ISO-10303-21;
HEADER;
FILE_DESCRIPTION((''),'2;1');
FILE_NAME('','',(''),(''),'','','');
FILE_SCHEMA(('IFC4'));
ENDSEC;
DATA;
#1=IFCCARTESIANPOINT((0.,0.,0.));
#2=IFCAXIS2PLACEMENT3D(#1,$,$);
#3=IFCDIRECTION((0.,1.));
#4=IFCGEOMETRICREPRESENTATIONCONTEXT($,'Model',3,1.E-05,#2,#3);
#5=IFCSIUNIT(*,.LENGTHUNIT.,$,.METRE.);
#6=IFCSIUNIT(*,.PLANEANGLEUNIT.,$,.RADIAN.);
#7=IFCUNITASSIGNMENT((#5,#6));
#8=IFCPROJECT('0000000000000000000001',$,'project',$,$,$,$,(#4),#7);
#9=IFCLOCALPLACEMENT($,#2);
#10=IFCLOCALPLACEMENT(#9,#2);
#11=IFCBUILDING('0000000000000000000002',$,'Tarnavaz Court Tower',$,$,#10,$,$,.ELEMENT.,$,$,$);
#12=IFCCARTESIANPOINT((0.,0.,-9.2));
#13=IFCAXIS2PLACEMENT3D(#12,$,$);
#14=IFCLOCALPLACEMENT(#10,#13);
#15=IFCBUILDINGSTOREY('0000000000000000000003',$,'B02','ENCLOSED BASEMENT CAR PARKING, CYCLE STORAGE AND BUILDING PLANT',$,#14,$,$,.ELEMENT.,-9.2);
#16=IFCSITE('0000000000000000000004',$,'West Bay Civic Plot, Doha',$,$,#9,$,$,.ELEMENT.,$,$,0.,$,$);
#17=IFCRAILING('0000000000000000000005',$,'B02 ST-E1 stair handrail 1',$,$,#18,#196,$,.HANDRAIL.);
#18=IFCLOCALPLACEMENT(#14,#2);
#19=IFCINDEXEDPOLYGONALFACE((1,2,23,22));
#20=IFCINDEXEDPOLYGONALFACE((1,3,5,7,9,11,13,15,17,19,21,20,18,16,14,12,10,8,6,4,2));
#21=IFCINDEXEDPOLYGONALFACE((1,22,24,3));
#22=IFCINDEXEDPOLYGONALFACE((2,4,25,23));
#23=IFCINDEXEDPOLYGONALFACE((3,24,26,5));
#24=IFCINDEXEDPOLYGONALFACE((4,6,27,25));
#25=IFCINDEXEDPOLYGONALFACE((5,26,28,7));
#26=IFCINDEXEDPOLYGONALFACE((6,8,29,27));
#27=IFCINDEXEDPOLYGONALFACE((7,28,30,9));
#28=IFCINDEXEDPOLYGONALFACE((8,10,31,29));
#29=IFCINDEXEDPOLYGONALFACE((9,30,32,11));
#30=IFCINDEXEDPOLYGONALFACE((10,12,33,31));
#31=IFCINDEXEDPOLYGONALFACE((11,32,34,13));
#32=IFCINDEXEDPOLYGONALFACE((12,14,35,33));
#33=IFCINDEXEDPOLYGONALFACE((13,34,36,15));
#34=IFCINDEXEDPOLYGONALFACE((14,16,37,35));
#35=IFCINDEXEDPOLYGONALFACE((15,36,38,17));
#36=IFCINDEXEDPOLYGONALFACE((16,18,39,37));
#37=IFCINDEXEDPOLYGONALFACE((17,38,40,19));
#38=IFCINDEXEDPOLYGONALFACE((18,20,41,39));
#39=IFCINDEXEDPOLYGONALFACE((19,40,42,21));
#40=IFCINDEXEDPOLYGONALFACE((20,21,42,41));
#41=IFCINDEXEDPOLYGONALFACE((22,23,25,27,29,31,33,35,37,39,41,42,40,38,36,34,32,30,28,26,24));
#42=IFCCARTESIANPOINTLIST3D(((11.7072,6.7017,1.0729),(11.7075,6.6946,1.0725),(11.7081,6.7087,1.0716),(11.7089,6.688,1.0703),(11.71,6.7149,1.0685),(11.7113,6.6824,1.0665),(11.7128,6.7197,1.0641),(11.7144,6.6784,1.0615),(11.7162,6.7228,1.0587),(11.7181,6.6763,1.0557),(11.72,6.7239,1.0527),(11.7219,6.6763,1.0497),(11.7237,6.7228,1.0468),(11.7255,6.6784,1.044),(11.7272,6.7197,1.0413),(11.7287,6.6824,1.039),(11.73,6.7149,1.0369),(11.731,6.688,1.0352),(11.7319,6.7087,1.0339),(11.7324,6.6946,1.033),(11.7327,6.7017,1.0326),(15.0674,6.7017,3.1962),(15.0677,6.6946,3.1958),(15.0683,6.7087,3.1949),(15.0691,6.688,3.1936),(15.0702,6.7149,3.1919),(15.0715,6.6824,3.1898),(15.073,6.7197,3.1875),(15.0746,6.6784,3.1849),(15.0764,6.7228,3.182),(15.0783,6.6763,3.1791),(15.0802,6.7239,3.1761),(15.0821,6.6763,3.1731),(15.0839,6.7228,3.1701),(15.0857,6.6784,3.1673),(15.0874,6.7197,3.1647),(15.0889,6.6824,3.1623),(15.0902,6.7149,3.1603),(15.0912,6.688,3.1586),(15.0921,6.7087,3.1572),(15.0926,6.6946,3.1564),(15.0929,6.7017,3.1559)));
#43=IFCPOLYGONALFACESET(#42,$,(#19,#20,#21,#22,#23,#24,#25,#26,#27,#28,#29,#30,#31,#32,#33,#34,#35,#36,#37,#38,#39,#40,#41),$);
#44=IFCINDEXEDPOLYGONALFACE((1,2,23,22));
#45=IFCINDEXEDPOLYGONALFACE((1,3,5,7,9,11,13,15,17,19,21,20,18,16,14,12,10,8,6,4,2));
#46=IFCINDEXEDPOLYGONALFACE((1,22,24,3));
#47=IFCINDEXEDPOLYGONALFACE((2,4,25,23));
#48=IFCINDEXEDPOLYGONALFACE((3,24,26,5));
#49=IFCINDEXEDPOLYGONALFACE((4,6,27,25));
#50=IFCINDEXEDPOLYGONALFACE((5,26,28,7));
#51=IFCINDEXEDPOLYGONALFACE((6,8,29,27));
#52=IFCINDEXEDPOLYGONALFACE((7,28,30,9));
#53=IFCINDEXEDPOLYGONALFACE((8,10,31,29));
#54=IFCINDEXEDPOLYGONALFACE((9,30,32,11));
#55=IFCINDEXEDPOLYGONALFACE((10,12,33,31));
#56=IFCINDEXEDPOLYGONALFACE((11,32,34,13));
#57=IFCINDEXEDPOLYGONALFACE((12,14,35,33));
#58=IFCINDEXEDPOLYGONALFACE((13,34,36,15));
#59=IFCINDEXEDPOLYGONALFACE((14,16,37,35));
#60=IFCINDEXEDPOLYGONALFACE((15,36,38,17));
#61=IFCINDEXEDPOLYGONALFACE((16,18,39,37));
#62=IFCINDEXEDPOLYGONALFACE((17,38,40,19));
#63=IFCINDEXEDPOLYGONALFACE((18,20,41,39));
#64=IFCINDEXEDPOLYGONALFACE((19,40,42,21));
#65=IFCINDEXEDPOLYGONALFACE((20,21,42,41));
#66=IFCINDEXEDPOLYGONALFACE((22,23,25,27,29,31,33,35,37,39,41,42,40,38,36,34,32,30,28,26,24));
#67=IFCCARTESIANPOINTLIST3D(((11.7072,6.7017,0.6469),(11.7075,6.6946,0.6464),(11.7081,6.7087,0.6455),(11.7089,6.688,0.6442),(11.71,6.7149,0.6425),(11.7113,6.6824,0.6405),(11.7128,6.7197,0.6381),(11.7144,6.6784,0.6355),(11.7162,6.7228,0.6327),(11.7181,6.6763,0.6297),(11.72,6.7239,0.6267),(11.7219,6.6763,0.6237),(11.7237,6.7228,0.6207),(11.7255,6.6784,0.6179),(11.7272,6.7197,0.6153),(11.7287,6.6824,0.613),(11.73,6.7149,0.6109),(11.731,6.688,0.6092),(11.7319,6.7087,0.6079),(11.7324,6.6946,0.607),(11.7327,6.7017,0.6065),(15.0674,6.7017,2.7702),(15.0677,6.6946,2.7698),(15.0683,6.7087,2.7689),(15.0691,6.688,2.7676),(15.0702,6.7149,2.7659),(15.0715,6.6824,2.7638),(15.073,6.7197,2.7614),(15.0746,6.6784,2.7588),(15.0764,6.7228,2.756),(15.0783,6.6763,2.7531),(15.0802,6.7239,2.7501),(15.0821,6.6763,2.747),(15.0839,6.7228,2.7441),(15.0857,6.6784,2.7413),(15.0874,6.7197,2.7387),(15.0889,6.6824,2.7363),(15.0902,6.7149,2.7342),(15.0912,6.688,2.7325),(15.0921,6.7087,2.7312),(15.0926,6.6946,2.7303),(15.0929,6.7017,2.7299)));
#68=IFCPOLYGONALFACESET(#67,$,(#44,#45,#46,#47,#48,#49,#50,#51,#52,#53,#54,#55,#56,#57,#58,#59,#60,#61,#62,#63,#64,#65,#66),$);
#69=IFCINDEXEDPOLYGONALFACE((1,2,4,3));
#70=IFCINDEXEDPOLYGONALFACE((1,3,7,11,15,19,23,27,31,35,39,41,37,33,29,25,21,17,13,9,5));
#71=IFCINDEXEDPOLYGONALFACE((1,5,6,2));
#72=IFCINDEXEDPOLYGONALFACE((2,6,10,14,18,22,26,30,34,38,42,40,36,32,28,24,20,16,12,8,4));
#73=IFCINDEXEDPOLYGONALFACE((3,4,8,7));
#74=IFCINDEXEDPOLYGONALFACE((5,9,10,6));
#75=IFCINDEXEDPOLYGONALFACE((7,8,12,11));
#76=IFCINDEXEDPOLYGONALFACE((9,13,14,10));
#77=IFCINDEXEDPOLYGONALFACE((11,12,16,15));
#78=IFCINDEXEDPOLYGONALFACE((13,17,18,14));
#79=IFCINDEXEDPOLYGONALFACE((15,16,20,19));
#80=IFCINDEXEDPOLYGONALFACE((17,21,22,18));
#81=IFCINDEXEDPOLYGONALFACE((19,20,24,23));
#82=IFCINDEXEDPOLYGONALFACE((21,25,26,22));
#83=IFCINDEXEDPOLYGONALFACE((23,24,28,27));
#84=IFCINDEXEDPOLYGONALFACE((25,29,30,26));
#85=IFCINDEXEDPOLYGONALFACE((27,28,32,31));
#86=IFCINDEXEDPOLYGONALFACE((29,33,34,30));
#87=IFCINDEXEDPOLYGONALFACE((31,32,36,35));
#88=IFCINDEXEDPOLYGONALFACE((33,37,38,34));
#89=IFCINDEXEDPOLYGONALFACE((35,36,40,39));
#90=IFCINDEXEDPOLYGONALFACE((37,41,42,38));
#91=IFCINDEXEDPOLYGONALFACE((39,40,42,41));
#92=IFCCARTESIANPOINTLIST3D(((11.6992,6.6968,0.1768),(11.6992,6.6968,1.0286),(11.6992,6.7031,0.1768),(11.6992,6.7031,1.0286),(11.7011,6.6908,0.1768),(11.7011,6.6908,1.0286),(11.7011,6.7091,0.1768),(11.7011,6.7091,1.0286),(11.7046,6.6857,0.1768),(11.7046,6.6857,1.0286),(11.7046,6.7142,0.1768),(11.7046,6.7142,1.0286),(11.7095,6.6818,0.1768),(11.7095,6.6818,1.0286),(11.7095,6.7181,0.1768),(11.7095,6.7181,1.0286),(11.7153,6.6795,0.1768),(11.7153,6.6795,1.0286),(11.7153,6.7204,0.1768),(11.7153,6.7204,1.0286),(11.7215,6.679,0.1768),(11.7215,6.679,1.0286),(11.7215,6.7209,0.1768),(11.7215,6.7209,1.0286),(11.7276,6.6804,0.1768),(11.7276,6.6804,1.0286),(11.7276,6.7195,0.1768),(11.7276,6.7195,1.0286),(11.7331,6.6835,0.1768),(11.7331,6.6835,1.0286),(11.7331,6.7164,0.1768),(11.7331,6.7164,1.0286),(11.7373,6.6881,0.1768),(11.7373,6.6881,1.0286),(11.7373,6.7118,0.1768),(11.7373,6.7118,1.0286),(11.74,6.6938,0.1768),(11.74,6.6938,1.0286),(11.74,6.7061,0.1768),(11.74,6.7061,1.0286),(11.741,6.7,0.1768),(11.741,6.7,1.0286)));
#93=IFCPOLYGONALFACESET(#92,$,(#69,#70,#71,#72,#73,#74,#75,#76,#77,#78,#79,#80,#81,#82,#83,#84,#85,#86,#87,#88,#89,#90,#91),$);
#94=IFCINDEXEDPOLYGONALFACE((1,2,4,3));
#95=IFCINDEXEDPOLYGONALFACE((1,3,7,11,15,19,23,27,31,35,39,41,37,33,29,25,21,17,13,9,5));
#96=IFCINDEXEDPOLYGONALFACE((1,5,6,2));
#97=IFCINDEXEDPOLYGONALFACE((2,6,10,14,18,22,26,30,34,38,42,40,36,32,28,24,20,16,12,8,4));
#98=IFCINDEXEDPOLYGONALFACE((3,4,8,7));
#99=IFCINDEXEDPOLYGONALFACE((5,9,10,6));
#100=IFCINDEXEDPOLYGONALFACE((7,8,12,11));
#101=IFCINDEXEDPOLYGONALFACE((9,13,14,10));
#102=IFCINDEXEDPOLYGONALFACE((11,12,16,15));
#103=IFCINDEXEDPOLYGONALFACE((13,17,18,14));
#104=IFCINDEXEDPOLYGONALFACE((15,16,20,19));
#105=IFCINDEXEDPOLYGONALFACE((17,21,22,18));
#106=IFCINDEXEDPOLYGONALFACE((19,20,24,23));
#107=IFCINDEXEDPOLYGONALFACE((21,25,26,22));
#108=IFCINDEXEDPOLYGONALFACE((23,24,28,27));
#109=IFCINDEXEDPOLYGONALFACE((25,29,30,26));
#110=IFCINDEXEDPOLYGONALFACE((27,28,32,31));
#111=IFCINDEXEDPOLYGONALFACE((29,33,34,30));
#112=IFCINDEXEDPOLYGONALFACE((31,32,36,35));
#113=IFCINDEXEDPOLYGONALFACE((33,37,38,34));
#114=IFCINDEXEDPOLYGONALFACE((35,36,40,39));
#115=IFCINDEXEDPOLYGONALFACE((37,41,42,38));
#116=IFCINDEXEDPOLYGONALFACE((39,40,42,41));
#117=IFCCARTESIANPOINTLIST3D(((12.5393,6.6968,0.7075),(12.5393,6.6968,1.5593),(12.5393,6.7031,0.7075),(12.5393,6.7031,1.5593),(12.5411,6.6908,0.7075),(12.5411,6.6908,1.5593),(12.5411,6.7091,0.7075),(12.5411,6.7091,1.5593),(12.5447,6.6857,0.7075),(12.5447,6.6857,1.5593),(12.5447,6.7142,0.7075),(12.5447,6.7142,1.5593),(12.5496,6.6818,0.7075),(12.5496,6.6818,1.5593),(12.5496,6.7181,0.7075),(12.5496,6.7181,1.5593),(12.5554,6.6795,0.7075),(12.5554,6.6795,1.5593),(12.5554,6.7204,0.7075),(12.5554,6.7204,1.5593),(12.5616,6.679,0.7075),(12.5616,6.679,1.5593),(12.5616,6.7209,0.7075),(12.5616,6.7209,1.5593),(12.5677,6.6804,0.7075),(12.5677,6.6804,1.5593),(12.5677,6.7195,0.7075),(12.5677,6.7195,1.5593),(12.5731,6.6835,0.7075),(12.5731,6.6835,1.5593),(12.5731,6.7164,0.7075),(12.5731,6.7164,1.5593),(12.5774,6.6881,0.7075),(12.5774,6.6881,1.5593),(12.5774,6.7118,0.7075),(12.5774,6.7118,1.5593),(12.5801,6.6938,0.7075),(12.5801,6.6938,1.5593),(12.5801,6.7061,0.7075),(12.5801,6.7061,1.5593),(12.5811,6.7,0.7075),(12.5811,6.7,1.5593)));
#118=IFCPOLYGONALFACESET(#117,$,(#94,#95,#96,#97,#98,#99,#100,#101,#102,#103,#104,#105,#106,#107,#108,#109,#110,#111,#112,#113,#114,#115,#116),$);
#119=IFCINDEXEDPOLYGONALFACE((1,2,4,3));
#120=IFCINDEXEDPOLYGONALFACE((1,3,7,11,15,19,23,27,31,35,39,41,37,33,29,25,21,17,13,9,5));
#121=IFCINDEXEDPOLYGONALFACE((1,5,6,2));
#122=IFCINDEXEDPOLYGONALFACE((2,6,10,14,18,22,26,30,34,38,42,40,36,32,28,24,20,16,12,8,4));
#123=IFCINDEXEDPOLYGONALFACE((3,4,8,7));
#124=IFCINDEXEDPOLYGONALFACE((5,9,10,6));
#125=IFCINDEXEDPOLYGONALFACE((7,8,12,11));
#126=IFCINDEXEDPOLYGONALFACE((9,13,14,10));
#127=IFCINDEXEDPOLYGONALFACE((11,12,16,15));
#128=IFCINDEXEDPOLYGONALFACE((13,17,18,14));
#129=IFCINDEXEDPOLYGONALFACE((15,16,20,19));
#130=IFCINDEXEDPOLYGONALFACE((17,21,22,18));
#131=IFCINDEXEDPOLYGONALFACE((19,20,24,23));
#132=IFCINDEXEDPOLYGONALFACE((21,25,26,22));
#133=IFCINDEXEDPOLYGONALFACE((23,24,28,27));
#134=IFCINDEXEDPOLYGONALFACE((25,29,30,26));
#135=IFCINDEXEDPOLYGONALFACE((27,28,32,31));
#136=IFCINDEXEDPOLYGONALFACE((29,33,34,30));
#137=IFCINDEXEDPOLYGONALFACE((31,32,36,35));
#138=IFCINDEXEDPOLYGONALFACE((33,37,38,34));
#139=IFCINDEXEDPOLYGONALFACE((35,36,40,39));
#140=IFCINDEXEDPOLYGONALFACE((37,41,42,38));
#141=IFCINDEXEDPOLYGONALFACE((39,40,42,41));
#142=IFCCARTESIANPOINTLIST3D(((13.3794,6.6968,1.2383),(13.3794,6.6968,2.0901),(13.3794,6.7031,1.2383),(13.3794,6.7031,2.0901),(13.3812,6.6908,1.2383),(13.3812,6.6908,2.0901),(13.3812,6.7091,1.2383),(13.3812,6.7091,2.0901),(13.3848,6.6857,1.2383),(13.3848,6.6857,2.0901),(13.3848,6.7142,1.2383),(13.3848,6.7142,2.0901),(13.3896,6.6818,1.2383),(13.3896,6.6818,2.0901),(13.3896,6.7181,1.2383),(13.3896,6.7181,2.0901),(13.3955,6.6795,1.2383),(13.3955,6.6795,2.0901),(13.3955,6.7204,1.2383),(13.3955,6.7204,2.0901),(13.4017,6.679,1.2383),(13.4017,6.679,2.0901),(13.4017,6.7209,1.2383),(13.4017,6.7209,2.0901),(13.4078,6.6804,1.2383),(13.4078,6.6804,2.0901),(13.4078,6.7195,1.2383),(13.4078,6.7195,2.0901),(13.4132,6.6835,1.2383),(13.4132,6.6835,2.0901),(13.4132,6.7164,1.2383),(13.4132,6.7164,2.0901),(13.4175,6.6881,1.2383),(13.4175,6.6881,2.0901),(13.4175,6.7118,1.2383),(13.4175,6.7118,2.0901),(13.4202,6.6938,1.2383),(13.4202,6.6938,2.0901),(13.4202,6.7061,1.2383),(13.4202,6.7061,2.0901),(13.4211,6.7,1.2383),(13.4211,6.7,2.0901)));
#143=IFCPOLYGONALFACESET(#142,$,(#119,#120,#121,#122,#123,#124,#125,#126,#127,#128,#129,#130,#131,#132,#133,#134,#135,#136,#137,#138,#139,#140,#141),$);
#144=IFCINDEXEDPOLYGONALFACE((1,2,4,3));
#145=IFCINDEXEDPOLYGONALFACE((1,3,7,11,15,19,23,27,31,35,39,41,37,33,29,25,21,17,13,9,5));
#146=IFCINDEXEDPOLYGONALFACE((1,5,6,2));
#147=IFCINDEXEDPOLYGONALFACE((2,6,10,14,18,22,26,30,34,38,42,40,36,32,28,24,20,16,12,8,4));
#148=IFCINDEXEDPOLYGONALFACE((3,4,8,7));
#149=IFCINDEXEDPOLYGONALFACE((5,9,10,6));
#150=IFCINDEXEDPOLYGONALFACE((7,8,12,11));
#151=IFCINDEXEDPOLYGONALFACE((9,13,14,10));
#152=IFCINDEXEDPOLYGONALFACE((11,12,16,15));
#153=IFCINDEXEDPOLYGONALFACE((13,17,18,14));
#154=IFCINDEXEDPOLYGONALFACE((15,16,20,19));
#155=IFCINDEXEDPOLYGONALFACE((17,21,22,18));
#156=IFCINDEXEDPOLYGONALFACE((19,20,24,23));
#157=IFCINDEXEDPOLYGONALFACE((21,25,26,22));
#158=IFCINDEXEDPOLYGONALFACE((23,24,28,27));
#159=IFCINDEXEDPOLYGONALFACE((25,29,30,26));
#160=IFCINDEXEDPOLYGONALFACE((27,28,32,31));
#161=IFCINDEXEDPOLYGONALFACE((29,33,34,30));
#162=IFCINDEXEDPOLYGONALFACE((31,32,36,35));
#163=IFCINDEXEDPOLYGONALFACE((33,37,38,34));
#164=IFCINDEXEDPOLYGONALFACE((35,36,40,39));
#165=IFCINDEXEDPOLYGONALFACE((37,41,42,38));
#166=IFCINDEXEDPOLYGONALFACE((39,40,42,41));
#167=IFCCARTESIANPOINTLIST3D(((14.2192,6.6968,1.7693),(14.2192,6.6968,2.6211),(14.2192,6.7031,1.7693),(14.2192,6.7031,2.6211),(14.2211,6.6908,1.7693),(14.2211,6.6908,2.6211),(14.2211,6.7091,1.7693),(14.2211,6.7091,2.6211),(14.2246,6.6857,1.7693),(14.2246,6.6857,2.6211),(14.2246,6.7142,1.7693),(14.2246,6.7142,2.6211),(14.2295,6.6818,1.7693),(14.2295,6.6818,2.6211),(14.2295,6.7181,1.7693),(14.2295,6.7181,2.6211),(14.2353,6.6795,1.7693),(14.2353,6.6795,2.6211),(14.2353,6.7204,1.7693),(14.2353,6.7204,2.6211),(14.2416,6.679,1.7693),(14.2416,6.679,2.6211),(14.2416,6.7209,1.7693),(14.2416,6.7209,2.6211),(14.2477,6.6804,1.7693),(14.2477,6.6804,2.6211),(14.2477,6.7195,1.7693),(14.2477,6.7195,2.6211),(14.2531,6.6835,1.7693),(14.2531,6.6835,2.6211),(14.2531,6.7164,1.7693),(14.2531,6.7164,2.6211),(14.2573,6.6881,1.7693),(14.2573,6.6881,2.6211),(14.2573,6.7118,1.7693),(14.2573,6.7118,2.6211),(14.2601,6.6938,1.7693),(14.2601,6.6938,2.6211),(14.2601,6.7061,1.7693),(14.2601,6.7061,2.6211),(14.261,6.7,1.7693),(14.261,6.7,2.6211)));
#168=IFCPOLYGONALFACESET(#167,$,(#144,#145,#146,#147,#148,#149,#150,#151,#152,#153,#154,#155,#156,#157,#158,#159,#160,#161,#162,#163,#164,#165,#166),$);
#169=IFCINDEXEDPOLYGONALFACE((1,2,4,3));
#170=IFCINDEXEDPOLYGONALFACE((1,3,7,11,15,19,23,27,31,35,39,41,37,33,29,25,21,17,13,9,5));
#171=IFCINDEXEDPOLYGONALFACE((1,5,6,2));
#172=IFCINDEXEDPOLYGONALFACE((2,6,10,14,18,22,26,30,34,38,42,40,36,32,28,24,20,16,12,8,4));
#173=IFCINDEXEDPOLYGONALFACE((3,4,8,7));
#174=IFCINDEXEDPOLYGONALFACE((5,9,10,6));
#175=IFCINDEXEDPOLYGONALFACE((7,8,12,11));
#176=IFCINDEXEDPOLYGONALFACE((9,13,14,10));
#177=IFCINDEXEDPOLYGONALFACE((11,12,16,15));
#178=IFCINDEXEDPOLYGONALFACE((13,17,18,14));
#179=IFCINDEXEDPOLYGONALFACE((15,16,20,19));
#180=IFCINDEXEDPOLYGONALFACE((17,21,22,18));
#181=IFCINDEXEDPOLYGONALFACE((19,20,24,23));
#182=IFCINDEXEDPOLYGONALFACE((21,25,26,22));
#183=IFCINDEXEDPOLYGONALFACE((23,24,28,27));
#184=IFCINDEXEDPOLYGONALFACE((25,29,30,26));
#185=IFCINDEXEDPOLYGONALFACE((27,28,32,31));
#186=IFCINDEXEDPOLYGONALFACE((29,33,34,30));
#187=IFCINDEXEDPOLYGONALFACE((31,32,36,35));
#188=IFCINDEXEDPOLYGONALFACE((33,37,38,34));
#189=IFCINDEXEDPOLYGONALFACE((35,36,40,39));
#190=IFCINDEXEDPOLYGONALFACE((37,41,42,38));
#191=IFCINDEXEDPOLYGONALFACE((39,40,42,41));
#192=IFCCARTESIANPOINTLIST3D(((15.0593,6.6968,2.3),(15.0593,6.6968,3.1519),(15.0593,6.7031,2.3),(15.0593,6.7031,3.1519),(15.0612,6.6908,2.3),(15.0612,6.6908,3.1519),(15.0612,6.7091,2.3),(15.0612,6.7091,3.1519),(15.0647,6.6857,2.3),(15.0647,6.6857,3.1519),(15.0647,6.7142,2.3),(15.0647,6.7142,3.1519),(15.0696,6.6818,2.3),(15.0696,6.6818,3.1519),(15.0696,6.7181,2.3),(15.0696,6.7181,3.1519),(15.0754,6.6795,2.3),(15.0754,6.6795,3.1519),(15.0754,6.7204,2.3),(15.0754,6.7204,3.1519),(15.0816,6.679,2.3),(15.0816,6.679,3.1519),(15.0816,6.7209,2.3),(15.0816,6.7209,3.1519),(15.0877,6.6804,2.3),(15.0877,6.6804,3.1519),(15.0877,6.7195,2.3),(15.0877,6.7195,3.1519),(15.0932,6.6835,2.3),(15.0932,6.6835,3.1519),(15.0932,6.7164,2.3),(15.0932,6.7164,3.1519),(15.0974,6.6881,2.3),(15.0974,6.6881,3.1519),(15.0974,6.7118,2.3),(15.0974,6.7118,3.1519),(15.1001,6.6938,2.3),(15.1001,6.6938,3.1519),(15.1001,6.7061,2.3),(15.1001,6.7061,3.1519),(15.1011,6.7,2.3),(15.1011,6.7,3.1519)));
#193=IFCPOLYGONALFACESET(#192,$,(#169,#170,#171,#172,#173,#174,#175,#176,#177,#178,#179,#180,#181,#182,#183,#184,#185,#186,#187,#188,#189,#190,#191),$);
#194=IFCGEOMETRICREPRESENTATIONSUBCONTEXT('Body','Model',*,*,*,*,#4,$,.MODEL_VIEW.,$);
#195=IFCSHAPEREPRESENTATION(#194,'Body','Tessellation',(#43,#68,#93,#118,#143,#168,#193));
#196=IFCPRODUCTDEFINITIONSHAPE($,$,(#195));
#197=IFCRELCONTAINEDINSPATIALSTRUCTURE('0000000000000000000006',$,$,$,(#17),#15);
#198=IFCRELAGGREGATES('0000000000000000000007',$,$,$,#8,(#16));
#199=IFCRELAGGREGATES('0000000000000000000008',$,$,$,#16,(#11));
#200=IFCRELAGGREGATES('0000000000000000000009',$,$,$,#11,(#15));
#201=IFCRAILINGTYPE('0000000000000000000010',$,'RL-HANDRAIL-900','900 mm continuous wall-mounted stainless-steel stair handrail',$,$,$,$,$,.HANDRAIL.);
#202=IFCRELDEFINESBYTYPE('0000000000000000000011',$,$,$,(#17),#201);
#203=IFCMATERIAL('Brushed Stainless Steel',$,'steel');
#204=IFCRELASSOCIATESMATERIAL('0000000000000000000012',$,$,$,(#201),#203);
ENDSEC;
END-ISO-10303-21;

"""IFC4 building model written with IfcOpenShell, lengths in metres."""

from ifc_helpers import new_model, si_unit, direction, frame, origin, origin_2d, place, context, subcontext, project, spatial, circle, extrude, material, type_object, element, save


model = new_model("IFC4")

# Units and contexts
model_context = context("Model", 3, precision=1e-05, world=origin(), true_north=direction((0.0, 1.0)))
body_context = subcontext(model_context, "Body", "Model", "MODEL_VIEW")
ifc_project = project(units=[si_unit("LENGTHUNIT", "METRE"), si_unit("PLANEANGLEUNIT", "RADIAN")], contexts=[model_context])

# Site, building, storey
site_placement = place(None, origin())
site = spatial("IfcSite", under=ifc_project, at=site_placement, Name="West Bay Civic Plot, Doha", CompositionType="ELEMENT", RefElevation=0.0)
building_placement = place(site_placement, origin())
building = spatial("IfcBuilding", under=site, at=building_placement, Name="Tarnavaz Court Tower", CompositionType="ELEMENT")
storey_placement = place(building_placement, frame((0.0, 0.0, -9.2)))
storey = spatial("IfcBuildingStorey", under=building, at=storey_placement, Name="B02", Description="ENCLOSED BASEMENT CAR PARKING, CYCLE STORAGE AND BUILDING PLANT", CompositionType="ELEMENT", Elevation=-9.2)

# Railing
ifc_material_1 = material(Name="Brushed Stainless Steel", Category="steel")
railing_type_1 = type_object("IfcRailingType", Name="RL-HANDRAIL-900", Description="900 mm continuous wall-mounted stainless-steel stair handrail", PredefinedType="HANDRAIL", material=ifc_material_1)
railing_1_placement = place(storey_placement, frame((11.72, 6.7, 0.1768)))
element("IfcRailing", 1, at=railing_1_placement, inside=storey, type_object=railing_type_1, Name="B02 ST-E1 stair handrail 1", PredefinedType="HANDRAIL", context=body_context, shape_type="SweptSolid", body=[
    extrude(circle(Radius=0.0239, at=origin_2d()), frame((0.0, 0.0, 0.876), z_axis=(0.845362, 0.0, 0.534194), x_axis=(0.0, 1.0, 0.0)), (0.0, 0.0, 1.0), 3.9749),
    extrude(circle(Radius=0.0239, at=origin_2d()), frame((0.0, 0.0, 0.45), z_axis=(0.845362, 0.0, 0.534194), x_axis=(0.0, 1.0, 0.0)), (0.0, 0.0, 1.0), 3.9749),
    extrude(circle(Radius=0.021, at=origin_2d()), origin(), (0.0, 0.0, 1.0), 0.8518),
    extrude(circle(Radius=0.021, at=origin_2d()), frame((0.8401, 0.0, 0.5308)), (0.0, 0.0, 1.0), 0.8518),
    extrude(circle(Radius=0.021, at=origin_2d()), frame((1.6802, 0.0, 1.0615)), (0.0, 0.0, 1.0), 0.8518),
    extrude(circle(Radius=0.021, at=origin_2d()), frame((2.52, 0.0, 1.5925)), (0.0, 0.0, 1.0), 0.8518),
    extrude(circle(Radius=0.021, at=origin_2d()), frame((3.3601, 0.0, 2.1233)), (0.0, 0.0, 1.0), 0.8518),
])

save(model, "model.ifc")
